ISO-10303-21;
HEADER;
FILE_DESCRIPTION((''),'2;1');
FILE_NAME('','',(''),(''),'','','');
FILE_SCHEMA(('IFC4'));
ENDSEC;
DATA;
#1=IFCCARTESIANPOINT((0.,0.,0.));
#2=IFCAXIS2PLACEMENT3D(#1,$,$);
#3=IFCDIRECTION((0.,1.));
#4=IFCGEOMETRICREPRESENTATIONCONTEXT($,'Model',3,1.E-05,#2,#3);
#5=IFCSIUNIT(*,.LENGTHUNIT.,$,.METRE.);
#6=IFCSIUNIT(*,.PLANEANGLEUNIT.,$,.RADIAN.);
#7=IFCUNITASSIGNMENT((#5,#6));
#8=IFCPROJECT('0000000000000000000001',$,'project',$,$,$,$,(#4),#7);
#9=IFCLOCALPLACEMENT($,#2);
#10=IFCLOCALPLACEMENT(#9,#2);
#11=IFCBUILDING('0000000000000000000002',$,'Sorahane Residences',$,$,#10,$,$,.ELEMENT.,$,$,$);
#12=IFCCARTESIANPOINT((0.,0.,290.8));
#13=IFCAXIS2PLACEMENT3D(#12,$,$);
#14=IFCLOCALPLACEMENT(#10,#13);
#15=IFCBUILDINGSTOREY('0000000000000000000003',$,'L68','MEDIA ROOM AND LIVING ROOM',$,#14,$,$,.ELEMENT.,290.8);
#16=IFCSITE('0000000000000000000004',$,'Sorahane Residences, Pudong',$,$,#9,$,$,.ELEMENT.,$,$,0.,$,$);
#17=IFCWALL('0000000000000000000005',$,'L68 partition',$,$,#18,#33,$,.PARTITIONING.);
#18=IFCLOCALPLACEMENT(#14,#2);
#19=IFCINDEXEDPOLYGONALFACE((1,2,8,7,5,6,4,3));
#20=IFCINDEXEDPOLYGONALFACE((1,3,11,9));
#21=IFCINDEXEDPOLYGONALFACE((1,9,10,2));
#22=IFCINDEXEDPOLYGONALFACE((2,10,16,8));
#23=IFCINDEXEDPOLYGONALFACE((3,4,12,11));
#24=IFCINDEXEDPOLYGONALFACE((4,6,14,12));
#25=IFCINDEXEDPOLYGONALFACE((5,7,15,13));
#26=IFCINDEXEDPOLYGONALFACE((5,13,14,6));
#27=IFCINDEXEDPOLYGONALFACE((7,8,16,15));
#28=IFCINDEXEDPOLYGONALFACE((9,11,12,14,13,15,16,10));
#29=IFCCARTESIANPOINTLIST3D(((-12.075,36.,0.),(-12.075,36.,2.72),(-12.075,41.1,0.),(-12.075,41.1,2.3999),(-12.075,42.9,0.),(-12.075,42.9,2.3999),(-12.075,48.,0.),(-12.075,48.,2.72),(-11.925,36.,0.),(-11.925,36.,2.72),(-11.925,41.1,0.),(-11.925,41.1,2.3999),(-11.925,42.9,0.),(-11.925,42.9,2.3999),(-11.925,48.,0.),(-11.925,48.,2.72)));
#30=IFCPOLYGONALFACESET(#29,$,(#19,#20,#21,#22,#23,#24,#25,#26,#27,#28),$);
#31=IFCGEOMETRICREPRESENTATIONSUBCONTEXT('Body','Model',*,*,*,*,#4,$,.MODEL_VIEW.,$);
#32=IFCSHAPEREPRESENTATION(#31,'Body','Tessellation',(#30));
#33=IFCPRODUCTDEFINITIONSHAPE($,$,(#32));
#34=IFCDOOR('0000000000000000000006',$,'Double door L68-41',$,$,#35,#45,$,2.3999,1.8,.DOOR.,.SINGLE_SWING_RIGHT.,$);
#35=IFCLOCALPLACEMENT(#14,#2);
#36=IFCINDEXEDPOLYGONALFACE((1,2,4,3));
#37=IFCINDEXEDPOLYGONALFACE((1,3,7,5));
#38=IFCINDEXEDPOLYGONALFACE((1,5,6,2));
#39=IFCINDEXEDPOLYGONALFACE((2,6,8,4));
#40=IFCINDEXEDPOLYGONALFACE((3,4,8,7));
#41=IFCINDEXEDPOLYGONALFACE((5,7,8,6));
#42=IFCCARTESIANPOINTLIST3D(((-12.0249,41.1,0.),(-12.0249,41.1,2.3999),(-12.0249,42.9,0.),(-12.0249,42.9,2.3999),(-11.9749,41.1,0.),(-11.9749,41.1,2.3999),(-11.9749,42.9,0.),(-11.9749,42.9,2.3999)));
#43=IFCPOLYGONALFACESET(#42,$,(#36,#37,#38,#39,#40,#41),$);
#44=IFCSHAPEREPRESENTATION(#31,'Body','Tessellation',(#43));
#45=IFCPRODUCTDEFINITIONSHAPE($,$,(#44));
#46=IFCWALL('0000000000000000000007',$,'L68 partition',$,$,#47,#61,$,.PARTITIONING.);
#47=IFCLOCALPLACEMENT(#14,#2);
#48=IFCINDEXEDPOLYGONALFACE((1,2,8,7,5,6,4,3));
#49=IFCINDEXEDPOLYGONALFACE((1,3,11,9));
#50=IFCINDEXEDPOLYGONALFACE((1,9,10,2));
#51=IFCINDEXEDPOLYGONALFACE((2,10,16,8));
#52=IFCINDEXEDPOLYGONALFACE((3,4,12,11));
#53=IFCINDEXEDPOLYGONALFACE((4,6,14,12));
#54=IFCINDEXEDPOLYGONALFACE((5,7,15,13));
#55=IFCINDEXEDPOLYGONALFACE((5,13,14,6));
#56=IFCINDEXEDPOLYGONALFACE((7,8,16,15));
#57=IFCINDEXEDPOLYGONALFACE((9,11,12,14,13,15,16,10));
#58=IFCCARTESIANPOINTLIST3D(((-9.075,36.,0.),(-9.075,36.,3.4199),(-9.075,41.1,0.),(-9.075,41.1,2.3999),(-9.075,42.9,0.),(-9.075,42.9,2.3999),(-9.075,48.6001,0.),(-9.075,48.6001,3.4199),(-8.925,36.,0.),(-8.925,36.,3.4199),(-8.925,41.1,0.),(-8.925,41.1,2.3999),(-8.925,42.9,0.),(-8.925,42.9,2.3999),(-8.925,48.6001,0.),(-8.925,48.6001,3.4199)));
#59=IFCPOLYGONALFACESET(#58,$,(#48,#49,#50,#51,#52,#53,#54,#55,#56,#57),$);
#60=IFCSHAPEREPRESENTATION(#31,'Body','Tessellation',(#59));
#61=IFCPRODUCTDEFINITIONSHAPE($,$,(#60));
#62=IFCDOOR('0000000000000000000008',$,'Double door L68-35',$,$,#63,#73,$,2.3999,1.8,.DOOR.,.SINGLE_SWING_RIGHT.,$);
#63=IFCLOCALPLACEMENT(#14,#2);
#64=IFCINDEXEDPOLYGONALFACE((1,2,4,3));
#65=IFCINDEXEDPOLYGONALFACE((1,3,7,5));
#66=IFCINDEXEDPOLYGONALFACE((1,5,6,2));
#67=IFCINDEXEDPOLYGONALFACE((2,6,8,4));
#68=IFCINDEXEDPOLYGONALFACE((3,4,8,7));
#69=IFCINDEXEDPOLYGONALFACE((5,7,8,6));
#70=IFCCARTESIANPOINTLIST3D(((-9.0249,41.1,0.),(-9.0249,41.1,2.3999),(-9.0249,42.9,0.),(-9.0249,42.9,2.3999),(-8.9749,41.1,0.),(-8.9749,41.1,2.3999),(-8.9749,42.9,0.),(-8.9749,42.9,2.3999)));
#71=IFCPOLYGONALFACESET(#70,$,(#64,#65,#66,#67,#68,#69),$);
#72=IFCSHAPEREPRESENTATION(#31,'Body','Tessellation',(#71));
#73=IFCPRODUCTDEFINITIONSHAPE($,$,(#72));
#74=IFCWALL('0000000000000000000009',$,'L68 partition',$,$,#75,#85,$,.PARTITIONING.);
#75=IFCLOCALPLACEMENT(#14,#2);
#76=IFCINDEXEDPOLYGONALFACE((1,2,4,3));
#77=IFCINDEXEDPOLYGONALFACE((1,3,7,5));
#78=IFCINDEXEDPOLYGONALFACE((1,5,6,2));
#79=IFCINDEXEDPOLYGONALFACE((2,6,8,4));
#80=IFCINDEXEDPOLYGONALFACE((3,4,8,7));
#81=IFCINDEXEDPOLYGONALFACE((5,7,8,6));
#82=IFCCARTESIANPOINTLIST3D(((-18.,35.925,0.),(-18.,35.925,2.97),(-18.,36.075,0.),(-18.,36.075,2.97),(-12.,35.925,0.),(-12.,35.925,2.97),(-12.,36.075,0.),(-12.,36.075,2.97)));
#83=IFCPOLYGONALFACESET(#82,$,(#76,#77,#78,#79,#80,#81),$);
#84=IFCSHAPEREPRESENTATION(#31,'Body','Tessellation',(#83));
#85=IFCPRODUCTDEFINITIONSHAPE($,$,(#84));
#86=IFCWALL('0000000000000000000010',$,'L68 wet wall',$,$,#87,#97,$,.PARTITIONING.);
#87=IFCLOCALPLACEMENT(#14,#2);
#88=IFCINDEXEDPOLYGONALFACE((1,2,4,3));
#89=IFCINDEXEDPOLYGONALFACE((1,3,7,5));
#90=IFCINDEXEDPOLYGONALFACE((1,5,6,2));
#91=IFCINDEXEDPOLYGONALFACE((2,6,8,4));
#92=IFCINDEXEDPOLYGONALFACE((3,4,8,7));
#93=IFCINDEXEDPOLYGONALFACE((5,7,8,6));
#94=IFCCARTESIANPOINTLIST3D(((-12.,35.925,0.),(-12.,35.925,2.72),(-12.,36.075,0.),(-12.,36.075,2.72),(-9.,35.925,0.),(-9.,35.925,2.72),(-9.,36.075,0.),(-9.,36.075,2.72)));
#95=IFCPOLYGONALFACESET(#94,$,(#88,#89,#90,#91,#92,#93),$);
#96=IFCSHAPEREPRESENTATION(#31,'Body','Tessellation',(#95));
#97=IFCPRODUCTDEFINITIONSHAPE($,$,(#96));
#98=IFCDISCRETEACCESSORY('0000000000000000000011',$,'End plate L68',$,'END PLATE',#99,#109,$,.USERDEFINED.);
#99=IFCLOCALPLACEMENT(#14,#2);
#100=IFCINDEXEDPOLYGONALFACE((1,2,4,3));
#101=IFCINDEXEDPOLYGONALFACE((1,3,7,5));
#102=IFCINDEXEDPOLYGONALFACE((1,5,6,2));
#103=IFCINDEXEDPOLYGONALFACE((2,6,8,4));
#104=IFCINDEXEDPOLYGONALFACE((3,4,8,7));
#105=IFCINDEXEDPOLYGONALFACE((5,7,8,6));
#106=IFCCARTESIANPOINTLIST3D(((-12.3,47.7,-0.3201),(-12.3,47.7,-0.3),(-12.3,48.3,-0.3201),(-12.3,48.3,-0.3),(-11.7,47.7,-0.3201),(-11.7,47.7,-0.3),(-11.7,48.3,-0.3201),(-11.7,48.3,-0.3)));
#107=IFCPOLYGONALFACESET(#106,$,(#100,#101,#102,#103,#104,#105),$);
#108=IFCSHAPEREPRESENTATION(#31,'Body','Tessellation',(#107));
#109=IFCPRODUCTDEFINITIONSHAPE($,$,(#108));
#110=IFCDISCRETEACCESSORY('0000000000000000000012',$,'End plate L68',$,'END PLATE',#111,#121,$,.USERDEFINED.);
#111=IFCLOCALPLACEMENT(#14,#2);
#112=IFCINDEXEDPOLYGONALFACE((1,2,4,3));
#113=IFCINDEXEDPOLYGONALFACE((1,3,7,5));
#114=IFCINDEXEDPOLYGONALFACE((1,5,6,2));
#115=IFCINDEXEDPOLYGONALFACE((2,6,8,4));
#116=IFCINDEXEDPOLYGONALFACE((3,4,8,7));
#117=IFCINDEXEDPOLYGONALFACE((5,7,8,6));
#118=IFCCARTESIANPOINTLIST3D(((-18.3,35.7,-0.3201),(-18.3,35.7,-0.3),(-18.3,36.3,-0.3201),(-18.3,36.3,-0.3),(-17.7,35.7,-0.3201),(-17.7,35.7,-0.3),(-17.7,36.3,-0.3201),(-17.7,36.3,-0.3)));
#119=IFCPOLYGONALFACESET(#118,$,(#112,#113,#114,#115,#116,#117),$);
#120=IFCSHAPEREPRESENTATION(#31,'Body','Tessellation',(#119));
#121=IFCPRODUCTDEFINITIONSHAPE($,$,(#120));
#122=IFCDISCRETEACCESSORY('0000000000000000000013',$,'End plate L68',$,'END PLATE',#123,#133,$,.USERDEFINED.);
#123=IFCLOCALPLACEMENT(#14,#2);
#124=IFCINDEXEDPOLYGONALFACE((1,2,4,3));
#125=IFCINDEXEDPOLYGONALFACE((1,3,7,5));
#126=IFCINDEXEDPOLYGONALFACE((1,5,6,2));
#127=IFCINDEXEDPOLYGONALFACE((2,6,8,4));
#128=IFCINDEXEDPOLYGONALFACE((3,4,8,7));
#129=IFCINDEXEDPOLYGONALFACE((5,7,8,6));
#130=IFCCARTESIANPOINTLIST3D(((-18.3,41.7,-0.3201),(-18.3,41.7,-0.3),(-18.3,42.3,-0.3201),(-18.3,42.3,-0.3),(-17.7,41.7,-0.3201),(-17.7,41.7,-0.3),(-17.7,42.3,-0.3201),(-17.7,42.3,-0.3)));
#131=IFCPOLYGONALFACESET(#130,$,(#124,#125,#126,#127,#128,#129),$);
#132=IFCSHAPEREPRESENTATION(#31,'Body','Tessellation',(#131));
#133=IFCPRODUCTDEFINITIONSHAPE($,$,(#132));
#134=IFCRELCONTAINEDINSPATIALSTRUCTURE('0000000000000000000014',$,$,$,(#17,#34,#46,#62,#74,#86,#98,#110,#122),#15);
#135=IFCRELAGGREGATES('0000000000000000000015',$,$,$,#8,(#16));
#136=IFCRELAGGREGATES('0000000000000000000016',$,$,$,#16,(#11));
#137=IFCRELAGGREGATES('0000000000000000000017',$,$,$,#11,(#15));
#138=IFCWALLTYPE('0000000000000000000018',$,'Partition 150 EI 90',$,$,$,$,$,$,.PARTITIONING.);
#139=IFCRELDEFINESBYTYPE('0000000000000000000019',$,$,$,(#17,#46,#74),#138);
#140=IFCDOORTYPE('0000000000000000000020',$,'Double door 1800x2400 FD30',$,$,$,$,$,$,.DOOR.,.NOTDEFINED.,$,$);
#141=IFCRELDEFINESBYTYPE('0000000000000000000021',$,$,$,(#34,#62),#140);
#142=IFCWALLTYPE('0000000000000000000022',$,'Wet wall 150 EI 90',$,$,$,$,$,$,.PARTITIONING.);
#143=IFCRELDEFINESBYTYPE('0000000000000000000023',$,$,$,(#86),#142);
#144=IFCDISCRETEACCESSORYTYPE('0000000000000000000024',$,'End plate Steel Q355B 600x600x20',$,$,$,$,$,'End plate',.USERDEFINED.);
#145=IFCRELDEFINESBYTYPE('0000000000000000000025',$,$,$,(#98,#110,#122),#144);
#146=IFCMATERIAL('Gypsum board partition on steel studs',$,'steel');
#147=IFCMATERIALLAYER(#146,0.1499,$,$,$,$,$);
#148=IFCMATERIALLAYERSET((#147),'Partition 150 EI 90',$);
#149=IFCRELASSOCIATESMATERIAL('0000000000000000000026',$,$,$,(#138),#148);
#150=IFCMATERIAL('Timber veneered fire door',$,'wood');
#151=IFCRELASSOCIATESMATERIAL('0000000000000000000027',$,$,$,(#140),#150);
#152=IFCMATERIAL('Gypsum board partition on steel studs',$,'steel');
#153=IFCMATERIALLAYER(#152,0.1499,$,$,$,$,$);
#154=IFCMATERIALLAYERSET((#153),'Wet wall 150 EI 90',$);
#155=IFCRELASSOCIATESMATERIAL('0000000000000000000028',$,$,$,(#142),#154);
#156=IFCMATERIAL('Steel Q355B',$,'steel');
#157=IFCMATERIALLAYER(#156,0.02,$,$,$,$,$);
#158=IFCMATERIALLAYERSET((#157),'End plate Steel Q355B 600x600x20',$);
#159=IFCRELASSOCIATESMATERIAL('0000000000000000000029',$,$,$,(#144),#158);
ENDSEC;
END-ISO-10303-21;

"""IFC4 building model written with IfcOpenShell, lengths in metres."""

from ifc_helpers import new_model, si_unit, direction, frame, frame_2d, origin, origin_2d, place, context, subcontext, project, spatial, rectangle, extrude, material, layer, layer_set, type_object, element, fill, save


model = new_model("IFC4")

# Units and contexts
model_context = context("Model", 3, precision=1e-05, world=origin(), true_north=direction((0.0, 1.0)))
body_context = subcontext(model_context, "Body", "Model", "MODEL_VIEW")
ifc_project = project(units=[si_unit("LENGTHUNIT", "METRE"), si_unit("PLANEANGLEUNIT", "RADIAN")], contexts=[model_context])

# Site, building, storey
site_placement = place(None, origin())
site = spatial("IfcSite", under=ifc_project, at=site_placement, Name="Sorahane Residences, Pudong", CompositionType="ELEMENT", RefElevation=0.0)
building_placement = place(site_placement, origin())
building = spatial("IfcBuilding", under=site, at=building_placement, Name="Sorahane Residences", CompositionType="ELEMENT")
storey_placement = place(building_placement, frame((0.0, 0.0, 290.8)))
storey = spatial("IfcBuildingStorey", under=building, at=storey_placement, Name="L68", Description="MEDIA ROOM AND LIVING ROOM", CompositionType="ELEMENT", Elevation=290.8)

# Walls, openings, doors
ifc_material_1 = material(Name="Gypsum board partition on steel studs", Category="steel")
ifc_layer_1 = layer(ifc_material_1, 0.1499)
ifc_layer_set_1 = layer_set([ifc_layer_1], Name="Partition 150 EI 90")
wall_type_1 = type_object("IfcWallType", Name="Partition 150 EI 90", PredefinedType="PARTITIONING", material=ifc_layer_set_1)
wall_1_placement = place(storey_placement, frame((-12.0, 36.0, 0.0), z_axis=(0.0, 0.0, 1.0), x_axis=(0.0, 1.0, 0.0)))
wall_1 = element("IfcWall", 1, at=wall_1_placement, inside=storey, type_object=wall_type_1, Name="L68 partition", PredefinedType="PARTITIONING", context=body_context, shape_type="SweptSolid", body=[
    extrude(rectangle(XDim=12.0, YDim=0.1499, at=frame_2d((6.0, 0.0))), origin(), (0.0, 0.0, 1.0), 2.72),
])
opening_1_placement = place(wall_1_placement, frame((5.1001, 0.0, 0.0)))
opening_1 = element("IfcOpeningElement", 2, at=opening_1_placement, cuts=wall_1, PredefinedType="OPENING", context=body_context, shape_type="SweptSolid", body=[
    extrude(rectangle(XDim=1.8, YDim=2.3999, at=frame_2d((0.8999, 1.2))), frame((0.0, 0.085, 0.0), z_axis=(0.0, -1.0, 0.0), x_axis=(1.0, 0.0, 0.0)), (0.0, 0.0, 1.0), 0.1699),
])
ifc_material_2 = material(Name="Timber veneered fire door", Category="wood")
door_type = type_object("IfcDoorType", Name="Double door 1800x2400 FD30", OperationType="NOTDEFINED", PredefinedType="DOOR", material=ifc_material_2)
door_1_placement = place(opening_1_placement, origin())
door_1 = element("IfcDoor", 3, at=door_1_placement, inside=storey, type_object=door_type, Name="Double door L68-41", OperationType="SINGLE_SWING_RIGHT", OverallHeight=2.3999, OverallWidth=1.8, PredefinedType="DOOR", context=body_context, shape_type="SweptSolid", body=[
    extrude(rectangle(XDim=1.8, YDim=2.3999, at=frame_2d((0.8999, 1.2))), frame((0.0, 0.0249, 0.0), z_axis=(0.0, -1.0, 0.0), x_axis=(1.0, 0.0, 0.0)), (0.0, 0.0, 1.0), 0.05),
])
fill(opening_1, door_1)
wall_2_placement = place(storey_placement, frame((-9.0, 36.0, 0.0), z_axis=(0.0, 0.0, 1.0), x_axis=(0.0, 1.0, 0.0)))
wall_2 = element("IfcWall", 4, at=wall_2_placement, inside=storey, type_object=wall_type_1, Name="L68 partition", PredefinedType="PARTITIONING", context=body_context, shape_type="SweptSolid", body=[
    extrude(rectangle(XDim=12.6001, YDim=0.1499, at=frame_2d((6.3, 0.0))), origin(), (0.0, 0.0, 1.0), 3.4199),
])
opening_2_placement = place(wall_2_placement, frame((5.1001, 0.0, 0.0)))
opening_2 = element("IfcOpeningElement", 5, at=opening_2_placement, cuts=wall_2, PredefinedType="OPENING", context=body_context, shape_type="SweptSolid", body=[
    extrude(rectangle(XDim=1.8, YDim=2.3999, at=frame_2d((0.8999, 1.2))), frame((0.0, 0.085, 0.0), z_axis=(0.0, -1.0, 0.0), x_axis=(1.0, 0.0, 0.0)), (0.0, 0.0, 1.0), 0.1699),
])
door_2_placement = place(opening_2_placement, origin())
door_2 = element("IfcDoor", 6, at=door_2_placement, inside=storey, type_object=door_type, Name="Double door L68-35", OperationType="SINGLE_SWING_RIGHT", OverallHeight=2.3999, OverallWidth=1.8, PredefinedType="DOOR", context=body_context, shape_type="SweptSolid", body=[
    extrude(rectangle(XDim=1.8, YDim=2.3999, at=frame_2d((0.8999, 1.2))), frame((0.0, 0.0249, 0.0), z_axis=(0.0, -1.0, 0.0), x_axis=(1.0, 0.0, 0.0)), (0.0, 0.0, 1.0), 0.05),
])
fill(opening_2, door_2)

# Walls
wall_3_placement = place(storey_placement, frame((-18.0, 36.0, 0.0), z_axis=(0.0, 0.0, 1.0), x_axis=(1.0, 0.0, 0.0)))
element("IfcWall", 7, at=wall_3_placement, inside=storey, type_object=wall_type_1, Name="L68 partition", PredefinedType="PARTITIONING", context=body_context, shape_type="SweptSolid", body=[
    extrude(rectangle(XDim=6.0, YDim=0.1499, at=frame_2d((3.0, 0.0))), origin(), (0.0, 0.0, 1.0), 2.97),
])
ifc_material_3 = material(Name="Gypsum board partition on steel studs", Category="steel")
ifc_layer_2 = layer(ifc_material_3, 0.1499)
ifc_layer_set_2 = layer_set([ifc_layer_2], Name="Wet wall 150 EI 90")
wall_type_2 = type_object("IfcWallType", Name="Wet wall 150 EI 90", PredefinedType="PARTITIONING", material=ifc_layer_set_2)
wall_4_placement = place(storey_placement, frame((-12.0, 36.0, 0.0), z_axis=(0.0, 0.0, 1.0), x_axis=(1.0, 0.0, 0.0)))
element("IfcWall", 8, at=wall_4_placement, inside=storey, type_object=wall_type_2, Name="L68 wet wall", PredefinedType="PARTITIONING", context=body_context, shape_type="SweptSolid", body=[
    extrude(rectangle(XDim=3.0, YDim=0.1499, at=frame_2d((1.5, 0.0))), origin(), (0.0, 0.0, 1.0), 2.72),
])

# Discrete accessories
ifc_material_4 = material(Name="Steel Q355B", Category="steel")
ifc_layer_3 = layer(ifc_material_4, 0.02)
ifc_layer_set_3 = layer_set([ifc_layer_3], Name="End plate Steel Q355B 600x600x20")
discrete_accessory_type = type_object("IfcDiscreteAccessoryType", Name="End plate Steel Q355B 600x600x20", ElementType="End plate", PredefinedType="USERDEFINED", material=ifc_layer_set_3)
for number, where, z_axis, x_axis, name in (
    (9, (-12.0, 48.0, -0.3201), (0.0, 0.0, 1.0), (1.0, 0.0, 0.0), "End plate L68"),
    (10, (-18.0, 36.0, -0.3201), (0.0, 0.0, 1.0), (1.0, 0.0, 0.0), "End plate L68"),
    (11, (-18.0, 42.0, -0.3201), (0.0, 0.0, 1.0), (1.0, 0.0, 0.0), "End plate L68"),
):
    element("IfcDiscreteAccessory", number, at=place(storey_placement, frame(where, z_axis=z_axis, x_axis=x_axis)), inside=storey, type_object=discrete_accessory_type, Name=name, ObjectType="END PLATE", PredefinedType="USERDEFINED", context=body_context, shape_type="SweptSolid", body=[
        extrude(rectangle(XDim=0.6001, YDim=0.6001, at=origin_2d()), origin(), (0.0, 0.0, 1.0), 0.02),
    ])

save(model, "model.ifc")
